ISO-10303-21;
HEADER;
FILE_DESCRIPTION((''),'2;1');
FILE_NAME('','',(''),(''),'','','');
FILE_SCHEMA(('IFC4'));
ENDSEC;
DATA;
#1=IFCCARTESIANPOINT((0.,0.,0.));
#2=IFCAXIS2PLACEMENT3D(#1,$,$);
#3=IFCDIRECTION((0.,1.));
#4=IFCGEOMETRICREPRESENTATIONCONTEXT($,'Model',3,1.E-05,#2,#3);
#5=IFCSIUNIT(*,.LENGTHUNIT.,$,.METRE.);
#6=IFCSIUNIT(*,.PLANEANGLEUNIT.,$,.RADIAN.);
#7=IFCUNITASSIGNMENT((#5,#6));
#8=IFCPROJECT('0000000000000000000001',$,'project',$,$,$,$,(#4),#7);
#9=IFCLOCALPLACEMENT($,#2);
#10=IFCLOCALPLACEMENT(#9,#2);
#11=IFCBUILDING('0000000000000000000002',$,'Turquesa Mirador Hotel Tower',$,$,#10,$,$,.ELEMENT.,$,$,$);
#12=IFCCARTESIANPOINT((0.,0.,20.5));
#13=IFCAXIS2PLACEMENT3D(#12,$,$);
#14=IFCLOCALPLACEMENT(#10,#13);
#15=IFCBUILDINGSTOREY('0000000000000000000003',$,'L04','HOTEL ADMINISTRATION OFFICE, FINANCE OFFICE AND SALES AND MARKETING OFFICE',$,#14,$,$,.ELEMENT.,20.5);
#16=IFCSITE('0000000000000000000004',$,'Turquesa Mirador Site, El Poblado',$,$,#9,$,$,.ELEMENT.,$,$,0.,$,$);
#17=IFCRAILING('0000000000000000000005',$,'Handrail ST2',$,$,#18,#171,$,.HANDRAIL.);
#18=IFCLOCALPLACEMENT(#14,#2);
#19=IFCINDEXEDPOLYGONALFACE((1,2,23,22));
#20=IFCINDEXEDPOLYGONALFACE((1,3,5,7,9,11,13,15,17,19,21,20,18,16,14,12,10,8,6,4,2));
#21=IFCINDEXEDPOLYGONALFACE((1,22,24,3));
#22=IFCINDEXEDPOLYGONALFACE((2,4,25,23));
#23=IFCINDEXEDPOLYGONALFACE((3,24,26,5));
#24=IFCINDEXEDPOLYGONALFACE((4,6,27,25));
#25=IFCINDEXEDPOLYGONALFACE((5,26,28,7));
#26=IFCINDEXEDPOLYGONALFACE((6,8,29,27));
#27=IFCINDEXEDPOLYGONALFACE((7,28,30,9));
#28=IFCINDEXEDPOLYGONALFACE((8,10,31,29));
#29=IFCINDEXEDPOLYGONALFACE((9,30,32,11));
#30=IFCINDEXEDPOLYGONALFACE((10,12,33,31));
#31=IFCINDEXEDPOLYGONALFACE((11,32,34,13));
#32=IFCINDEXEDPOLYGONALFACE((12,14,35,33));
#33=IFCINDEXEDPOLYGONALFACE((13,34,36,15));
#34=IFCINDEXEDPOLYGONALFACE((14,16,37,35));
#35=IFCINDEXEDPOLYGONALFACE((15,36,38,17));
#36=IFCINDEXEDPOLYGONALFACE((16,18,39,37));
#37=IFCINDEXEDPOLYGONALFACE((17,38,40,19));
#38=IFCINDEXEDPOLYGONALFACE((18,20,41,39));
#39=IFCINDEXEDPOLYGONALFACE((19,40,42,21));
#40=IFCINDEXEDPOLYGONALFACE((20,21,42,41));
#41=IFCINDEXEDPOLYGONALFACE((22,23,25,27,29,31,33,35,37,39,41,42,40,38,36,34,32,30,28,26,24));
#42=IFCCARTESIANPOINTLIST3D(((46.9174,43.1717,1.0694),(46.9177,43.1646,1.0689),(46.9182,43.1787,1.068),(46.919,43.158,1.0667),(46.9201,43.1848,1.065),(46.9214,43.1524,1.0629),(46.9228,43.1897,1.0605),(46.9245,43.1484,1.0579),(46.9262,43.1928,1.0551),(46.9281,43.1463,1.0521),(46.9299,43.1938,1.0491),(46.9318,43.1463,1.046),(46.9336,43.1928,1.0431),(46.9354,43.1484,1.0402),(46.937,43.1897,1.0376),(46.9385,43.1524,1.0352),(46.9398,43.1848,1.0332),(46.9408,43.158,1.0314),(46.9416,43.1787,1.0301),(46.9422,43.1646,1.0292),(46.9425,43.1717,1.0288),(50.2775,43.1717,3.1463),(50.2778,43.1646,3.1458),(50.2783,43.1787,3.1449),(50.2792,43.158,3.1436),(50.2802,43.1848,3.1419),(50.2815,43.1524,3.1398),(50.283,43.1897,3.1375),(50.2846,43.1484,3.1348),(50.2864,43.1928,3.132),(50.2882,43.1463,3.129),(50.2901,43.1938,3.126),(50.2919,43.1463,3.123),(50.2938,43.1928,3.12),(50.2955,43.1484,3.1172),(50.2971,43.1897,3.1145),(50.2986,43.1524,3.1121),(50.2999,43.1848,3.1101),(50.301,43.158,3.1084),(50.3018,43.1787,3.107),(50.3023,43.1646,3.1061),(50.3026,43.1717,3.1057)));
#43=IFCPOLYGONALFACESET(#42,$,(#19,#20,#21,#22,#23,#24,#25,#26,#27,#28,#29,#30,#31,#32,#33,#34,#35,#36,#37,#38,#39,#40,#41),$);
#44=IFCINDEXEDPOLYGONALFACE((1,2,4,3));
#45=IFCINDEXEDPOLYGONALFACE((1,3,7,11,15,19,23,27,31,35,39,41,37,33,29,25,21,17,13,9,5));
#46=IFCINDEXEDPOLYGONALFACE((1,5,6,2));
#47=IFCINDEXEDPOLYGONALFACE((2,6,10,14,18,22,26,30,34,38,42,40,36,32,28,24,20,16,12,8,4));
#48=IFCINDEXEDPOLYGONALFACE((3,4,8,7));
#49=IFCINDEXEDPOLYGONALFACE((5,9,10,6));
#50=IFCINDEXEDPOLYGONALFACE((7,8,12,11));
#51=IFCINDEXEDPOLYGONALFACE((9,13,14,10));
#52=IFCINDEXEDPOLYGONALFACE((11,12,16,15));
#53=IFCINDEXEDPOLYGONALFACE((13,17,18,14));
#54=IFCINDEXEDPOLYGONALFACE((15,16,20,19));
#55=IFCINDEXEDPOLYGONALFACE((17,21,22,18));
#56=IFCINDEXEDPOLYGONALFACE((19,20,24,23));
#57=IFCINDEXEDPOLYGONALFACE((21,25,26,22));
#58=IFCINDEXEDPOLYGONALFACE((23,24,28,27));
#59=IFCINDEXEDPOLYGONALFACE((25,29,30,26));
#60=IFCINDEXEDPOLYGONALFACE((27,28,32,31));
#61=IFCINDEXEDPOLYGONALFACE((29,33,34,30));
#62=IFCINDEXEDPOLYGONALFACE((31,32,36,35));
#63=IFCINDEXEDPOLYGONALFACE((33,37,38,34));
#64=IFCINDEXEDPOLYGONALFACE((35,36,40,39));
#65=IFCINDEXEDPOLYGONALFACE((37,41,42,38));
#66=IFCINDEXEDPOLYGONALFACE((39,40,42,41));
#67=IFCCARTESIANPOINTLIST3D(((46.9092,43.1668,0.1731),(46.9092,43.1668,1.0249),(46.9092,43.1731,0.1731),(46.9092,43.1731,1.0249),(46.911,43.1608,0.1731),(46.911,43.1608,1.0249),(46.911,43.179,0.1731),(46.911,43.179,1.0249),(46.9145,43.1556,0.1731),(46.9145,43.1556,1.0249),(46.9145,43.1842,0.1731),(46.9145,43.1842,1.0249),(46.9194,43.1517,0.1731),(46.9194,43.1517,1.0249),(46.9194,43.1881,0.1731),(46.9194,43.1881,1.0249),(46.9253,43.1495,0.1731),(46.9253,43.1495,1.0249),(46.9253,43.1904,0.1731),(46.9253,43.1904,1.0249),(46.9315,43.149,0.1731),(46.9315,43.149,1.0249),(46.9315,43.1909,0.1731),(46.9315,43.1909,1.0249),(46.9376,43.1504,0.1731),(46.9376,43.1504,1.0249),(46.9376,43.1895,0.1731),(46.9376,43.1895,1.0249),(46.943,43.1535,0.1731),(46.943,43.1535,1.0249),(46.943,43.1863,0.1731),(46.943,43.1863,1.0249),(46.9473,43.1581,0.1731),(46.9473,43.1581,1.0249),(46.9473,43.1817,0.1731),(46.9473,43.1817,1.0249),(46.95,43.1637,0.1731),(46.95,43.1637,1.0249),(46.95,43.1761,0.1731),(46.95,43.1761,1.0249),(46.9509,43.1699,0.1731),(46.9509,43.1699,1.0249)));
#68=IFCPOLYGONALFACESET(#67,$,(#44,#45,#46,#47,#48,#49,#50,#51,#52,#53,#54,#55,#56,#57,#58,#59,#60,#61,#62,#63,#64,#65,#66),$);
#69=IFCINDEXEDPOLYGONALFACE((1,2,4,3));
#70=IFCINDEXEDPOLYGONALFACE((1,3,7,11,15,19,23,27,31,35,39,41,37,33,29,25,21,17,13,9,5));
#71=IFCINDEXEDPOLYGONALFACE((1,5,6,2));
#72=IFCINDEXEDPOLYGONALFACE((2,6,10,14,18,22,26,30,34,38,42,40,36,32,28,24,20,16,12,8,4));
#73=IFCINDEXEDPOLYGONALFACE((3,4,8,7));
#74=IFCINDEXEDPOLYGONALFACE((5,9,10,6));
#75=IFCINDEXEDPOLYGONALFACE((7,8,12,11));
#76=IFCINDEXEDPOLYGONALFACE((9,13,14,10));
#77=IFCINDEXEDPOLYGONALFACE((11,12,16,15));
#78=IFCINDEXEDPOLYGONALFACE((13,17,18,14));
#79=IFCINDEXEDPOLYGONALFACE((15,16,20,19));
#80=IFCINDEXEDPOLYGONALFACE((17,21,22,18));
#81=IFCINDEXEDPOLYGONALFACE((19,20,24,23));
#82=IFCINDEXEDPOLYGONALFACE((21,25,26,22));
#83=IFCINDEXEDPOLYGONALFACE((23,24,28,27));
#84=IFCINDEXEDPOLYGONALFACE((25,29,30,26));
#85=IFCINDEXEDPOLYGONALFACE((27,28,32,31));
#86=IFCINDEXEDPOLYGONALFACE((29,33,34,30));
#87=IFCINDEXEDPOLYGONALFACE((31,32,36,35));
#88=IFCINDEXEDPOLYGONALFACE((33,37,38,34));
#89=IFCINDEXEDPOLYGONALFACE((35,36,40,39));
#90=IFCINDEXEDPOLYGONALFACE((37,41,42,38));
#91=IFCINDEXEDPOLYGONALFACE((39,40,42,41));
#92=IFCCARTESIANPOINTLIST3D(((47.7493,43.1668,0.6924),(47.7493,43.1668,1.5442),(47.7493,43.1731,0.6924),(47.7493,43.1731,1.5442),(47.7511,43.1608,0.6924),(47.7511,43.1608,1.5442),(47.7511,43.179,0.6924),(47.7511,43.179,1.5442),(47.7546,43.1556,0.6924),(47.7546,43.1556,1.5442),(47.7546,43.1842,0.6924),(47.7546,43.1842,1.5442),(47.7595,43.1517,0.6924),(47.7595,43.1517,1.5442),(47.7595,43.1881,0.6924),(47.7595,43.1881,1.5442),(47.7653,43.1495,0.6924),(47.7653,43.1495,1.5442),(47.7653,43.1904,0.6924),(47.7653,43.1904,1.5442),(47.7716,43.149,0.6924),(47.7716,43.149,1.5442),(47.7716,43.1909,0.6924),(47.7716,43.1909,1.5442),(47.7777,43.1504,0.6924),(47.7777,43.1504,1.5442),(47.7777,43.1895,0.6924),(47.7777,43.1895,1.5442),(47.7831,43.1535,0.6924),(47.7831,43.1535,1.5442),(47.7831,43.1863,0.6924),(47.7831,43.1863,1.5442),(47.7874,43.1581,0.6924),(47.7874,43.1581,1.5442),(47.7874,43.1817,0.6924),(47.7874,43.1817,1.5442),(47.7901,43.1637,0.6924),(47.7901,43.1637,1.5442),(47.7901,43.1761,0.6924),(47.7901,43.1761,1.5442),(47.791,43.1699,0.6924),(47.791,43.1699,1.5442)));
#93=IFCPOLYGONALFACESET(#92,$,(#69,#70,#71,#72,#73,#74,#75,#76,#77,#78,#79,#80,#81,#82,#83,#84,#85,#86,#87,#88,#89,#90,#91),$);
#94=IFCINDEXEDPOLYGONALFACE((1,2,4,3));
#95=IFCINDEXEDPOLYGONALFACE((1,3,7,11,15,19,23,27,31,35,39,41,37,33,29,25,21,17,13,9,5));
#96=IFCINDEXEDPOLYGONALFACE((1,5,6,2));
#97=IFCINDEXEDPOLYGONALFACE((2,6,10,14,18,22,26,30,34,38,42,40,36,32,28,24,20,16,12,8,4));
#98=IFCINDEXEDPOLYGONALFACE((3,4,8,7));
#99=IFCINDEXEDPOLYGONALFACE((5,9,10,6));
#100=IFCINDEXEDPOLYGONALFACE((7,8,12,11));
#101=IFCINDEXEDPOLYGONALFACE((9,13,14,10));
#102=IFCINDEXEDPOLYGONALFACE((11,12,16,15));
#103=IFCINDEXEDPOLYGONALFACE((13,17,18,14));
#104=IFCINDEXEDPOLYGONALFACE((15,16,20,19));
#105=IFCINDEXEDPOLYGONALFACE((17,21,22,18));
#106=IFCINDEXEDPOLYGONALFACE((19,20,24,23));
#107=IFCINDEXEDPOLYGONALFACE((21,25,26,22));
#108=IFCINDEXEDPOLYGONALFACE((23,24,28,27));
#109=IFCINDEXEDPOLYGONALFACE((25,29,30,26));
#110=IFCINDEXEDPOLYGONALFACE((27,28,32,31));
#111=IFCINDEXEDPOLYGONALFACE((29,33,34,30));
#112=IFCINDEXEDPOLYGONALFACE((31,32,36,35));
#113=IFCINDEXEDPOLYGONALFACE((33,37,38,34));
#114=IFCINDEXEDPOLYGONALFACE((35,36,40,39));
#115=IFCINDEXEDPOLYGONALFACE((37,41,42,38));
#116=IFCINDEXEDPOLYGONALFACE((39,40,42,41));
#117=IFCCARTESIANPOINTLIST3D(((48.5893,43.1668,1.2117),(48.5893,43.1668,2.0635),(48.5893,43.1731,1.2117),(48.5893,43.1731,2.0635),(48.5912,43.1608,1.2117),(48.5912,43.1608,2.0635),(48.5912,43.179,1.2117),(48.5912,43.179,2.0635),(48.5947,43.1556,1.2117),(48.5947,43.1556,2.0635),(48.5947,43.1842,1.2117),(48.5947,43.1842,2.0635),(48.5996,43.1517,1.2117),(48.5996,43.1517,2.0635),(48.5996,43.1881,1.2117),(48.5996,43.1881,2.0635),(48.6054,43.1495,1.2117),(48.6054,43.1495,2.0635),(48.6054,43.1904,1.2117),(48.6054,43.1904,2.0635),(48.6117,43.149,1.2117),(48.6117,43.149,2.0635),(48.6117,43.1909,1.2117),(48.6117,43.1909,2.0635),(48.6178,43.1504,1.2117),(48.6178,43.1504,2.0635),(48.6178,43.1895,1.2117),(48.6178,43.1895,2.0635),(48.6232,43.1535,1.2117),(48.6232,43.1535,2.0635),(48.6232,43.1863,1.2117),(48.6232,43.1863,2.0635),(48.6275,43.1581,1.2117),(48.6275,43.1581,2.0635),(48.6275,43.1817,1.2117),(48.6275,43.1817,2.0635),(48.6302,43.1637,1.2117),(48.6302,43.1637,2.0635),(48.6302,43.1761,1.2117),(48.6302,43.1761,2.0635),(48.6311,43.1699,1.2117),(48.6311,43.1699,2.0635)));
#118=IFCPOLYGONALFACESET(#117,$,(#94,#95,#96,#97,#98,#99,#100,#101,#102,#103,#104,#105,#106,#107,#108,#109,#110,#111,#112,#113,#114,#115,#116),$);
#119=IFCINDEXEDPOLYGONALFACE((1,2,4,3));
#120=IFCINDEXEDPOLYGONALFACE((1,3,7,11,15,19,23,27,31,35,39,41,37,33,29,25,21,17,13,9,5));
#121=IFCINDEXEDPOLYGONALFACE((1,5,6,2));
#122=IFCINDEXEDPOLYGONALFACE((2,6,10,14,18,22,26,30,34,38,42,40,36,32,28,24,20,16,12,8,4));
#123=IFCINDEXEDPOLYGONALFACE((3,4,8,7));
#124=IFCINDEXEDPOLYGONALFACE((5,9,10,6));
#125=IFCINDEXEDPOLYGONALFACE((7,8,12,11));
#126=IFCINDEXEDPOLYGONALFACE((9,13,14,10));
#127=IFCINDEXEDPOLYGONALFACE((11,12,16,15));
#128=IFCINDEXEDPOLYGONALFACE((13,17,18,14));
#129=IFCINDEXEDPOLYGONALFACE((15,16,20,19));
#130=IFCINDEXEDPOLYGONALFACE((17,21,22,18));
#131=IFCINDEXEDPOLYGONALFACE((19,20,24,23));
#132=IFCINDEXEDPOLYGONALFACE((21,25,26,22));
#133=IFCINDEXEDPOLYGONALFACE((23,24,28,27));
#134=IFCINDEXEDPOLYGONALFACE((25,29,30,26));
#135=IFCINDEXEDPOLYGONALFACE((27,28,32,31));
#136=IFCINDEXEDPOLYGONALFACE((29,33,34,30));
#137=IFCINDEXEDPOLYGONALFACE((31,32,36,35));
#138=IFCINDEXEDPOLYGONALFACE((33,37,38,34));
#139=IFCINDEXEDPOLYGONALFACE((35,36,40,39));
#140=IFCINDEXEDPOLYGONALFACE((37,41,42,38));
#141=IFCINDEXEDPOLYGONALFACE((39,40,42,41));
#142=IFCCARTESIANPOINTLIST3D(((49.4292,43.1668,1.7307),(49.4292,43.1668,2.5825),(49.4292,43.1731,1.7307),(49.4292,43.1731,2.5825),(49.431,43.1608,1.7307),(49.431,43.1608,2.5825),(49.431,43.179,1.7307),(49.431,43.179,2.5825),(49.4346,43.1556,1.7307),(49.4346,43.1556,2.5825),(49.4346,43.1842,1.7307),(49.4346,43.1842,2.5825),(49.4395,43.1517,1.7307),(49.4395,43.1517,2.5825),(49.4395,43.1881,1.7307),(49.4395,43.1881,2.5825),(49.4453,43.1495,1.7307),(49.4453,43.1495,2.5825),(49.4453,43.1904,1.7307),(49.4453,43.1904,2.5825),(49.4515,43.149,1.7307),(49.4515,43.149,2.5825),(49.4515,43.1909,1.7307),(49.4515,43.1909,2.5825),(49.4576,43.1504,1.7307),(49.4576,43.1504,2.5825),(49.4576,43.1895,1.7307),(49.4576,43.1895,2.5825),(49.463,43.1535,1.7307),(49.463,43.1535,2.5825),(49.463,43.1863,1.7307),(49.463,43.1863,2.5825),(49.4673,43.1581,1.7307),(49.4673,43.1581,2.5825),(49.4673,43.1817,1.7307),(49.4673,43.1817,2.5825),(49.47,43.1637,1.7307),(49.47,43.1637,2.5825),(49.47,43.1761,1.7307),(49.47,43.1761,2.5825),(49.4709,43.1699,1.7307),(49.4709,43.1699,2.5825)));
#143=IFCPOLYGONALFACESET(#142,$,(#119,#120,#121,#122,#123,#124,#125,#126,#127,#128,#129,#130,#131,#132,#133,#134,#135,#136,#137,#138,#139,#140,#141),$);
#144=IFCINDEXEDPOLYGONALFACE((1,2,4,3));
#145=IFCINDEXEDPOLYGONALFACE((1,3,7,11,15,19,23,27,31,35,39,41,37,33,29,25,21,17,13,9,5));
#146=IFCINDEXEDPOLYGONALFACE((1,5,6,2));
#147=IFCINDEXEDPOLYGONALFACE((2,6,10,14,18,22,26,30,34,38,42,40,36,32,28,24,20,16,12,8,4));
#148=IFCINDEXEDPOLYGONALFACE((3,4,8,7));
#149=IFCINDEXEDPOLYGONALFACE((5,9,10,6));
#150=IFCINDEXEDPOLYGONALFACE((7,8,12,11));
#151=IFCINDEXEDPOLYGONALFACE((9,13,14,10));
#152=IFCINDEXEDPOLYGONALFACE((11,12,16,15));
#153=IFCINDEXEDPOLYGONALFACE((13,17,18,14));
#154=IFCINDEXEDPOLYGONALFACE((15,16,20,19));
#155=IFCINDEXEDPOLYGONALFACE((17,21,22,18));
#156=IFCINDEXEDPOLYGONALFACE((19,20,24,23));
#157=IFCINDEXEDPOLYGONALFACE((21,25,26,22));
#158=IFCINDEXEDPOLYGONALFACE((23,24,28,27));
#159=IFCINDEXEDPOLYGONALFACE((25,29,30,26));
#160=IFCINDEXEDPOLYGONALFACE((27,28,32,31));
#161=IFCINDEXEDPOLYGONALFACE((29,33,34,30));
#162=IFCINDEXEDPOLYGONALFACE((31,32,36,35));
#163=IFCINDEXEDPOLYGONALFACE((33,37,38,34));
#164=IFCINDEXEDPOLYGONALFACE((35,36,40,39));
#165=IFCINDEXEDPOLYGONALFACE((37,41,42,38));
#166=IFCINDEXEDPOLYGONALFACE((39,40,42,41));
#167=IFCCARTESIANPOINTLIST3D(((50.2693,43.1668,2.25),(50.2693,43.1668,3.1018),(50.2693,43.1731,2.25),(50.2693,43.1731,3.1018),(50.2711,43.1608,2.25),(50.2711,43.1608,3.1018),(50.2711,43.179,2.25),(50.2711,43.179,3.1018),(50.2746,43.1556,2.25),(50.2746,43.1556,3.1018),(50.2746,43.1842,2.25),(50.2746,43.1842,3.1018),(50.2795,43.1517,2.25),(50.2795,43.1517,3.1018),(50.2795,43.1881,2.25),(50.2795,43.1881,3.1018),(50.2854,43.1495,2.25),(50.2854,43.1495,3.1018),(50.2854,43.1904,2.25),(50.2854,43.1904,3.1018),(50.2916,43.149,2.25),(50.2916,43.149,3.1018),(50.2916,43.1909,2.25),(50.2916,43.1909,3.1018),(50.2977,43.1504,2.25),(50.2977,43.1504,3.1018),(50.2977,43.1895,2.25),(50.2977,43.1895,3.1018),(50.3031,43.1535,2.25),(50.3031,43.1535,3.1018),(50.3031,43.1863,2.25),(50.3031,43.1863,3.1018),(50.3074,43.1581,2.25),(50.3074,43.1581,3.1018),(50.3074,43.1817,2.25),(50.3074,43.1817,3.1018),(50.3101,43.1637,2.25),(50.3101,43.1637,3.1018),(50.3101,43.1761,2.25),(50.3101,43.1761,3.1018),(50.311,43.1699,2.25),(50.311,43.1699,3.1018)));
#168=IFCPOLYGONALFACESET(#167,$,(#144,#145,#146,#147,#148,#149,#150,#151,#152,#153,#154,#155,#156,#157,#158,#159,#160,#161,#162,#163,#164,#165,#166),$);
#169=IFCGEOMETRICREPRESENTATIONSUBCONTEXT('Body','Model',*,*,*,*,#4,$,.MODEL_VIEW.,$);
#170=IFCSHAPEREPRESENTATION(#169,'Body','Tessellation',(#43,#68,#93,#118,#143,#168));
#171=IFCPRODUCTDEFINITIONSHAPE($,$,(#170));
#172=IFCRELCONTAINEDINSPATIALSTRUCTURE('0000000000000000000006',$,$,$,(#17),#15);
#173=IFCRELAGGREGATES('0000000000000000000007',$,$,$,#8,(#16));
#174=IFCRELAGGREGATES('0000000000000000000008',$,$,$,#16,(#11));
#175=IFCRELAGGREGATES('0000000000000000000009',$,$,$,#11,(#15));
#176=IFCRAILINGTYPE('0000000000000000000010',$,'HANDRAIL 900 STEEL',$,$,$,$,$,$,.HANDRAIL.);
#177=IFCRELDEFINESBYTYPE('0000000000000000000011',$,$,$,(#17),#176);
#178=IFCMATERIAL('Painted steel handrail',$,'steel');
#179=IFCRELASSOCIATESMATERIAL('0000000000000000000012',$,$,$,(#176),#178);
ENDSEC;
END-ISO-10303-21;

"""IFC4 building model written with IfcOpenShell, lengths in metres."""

from ifc_helpers import new_model, si_unit, direction, frame, origin, origin_2d, place, context, subcontext, project, spatial, circle, extrude, material, type_object, element, save


model = new_model("IFC4")

# Units and contexts
model_context = context("Model", 3, precision=1e-05, world=origin(), true_north=direction((0.0, 1.0)))
body_context = subcontext(model_context, "Body", "Model", "MODEL_VIEW")
ifc_project = project(units=[si_unit("LENGTHUNIT", "METRE"), si_unit("PLANEANGLEUNIT", "RADIAN")], contexts=[model_context])

# Site, building, storey
site_placement = place(None, origin())
site = spatial("IfcSite", under=ifc_project, at=site_placement, Name="Turquesa Mirador Site, El Poblado", CompositionType="ELEMENT", RefElevation=0.0)
building_placement = place(site_placement, origin())
building = spatial("IfcBuilding", under=site, at=building_placement, Name="Turquesa Mirador Hotel Tower", CompositionType="ELEMENT")
storey_placement = place(building_placement, frame((0.0, 0.0, 20.5)))
storey = spatial("IfcBuildingStorey", under=building, at=storey_placement, Name="L04", Description="HOTEL ADMINISTRATION OFFICE, FINANCE OFFICE AND SALES AND MARKETING OFFICE", CompositionType="ELEMENT", Elevation=20.5)

# Railing
ifc_material_1 = material(Name="Painted steel handrail", Category="steel")
railing_type = type_object("IfcRailingType", Name="HANDRAIL 900 STEEL", PredefinedType="HANDRAIL", material=ifc_material_1)
railing_1_placement = place(storey_placement, frame((46.9299, 43.1699, 0.1731)))
element("IfcRailing", 1, at=railing_1_placement, inside=storey, type_object=railing_type, Name="Handrail ST2", PredefinedType="HANDRAIL", context=body_context, shape_type="SweptSolid", body=[
    extrude(circle(Radius=0.0239, at=origin_2d()), frame((0.0, 0.0, 0.876), z_axis=(0.850623, 0.0, 0.525776), x_axis=(0.0, 1.0, 0.0)), (0.0, 0.0, 1.0), 3.9502),
    extrude(circle(Radius=0.021, at=origin_2d()), origin(), (0.0, 0.0, 1.0), 0.8518),
    extrude(circle(Radius=0.021, at=origin_2d()), frame((0.8401, 0.0, 0.5193)), (0.0, 0.0, 1.0), 0.8518),
    extrude(circle(Radius=0.021, at=origin_2d()), frame((1.6802, 0.0, 1.0386)), (0.0, 0.0, 1.0), 0.8518),
    extrude(circle(Radius=0.021, at=origin_2d()), frame((2.52, 0.0, 1.5576)), (0.0, 0.0, 1.0), 0.8518),
    extrude(circle(Radius=0.021, at=origin_2d()), frame((3.3601, 0.0, 2.0769)), (0.0, 0.0, 1.0), 0.8518),
])

save(model, "model.ifc")
